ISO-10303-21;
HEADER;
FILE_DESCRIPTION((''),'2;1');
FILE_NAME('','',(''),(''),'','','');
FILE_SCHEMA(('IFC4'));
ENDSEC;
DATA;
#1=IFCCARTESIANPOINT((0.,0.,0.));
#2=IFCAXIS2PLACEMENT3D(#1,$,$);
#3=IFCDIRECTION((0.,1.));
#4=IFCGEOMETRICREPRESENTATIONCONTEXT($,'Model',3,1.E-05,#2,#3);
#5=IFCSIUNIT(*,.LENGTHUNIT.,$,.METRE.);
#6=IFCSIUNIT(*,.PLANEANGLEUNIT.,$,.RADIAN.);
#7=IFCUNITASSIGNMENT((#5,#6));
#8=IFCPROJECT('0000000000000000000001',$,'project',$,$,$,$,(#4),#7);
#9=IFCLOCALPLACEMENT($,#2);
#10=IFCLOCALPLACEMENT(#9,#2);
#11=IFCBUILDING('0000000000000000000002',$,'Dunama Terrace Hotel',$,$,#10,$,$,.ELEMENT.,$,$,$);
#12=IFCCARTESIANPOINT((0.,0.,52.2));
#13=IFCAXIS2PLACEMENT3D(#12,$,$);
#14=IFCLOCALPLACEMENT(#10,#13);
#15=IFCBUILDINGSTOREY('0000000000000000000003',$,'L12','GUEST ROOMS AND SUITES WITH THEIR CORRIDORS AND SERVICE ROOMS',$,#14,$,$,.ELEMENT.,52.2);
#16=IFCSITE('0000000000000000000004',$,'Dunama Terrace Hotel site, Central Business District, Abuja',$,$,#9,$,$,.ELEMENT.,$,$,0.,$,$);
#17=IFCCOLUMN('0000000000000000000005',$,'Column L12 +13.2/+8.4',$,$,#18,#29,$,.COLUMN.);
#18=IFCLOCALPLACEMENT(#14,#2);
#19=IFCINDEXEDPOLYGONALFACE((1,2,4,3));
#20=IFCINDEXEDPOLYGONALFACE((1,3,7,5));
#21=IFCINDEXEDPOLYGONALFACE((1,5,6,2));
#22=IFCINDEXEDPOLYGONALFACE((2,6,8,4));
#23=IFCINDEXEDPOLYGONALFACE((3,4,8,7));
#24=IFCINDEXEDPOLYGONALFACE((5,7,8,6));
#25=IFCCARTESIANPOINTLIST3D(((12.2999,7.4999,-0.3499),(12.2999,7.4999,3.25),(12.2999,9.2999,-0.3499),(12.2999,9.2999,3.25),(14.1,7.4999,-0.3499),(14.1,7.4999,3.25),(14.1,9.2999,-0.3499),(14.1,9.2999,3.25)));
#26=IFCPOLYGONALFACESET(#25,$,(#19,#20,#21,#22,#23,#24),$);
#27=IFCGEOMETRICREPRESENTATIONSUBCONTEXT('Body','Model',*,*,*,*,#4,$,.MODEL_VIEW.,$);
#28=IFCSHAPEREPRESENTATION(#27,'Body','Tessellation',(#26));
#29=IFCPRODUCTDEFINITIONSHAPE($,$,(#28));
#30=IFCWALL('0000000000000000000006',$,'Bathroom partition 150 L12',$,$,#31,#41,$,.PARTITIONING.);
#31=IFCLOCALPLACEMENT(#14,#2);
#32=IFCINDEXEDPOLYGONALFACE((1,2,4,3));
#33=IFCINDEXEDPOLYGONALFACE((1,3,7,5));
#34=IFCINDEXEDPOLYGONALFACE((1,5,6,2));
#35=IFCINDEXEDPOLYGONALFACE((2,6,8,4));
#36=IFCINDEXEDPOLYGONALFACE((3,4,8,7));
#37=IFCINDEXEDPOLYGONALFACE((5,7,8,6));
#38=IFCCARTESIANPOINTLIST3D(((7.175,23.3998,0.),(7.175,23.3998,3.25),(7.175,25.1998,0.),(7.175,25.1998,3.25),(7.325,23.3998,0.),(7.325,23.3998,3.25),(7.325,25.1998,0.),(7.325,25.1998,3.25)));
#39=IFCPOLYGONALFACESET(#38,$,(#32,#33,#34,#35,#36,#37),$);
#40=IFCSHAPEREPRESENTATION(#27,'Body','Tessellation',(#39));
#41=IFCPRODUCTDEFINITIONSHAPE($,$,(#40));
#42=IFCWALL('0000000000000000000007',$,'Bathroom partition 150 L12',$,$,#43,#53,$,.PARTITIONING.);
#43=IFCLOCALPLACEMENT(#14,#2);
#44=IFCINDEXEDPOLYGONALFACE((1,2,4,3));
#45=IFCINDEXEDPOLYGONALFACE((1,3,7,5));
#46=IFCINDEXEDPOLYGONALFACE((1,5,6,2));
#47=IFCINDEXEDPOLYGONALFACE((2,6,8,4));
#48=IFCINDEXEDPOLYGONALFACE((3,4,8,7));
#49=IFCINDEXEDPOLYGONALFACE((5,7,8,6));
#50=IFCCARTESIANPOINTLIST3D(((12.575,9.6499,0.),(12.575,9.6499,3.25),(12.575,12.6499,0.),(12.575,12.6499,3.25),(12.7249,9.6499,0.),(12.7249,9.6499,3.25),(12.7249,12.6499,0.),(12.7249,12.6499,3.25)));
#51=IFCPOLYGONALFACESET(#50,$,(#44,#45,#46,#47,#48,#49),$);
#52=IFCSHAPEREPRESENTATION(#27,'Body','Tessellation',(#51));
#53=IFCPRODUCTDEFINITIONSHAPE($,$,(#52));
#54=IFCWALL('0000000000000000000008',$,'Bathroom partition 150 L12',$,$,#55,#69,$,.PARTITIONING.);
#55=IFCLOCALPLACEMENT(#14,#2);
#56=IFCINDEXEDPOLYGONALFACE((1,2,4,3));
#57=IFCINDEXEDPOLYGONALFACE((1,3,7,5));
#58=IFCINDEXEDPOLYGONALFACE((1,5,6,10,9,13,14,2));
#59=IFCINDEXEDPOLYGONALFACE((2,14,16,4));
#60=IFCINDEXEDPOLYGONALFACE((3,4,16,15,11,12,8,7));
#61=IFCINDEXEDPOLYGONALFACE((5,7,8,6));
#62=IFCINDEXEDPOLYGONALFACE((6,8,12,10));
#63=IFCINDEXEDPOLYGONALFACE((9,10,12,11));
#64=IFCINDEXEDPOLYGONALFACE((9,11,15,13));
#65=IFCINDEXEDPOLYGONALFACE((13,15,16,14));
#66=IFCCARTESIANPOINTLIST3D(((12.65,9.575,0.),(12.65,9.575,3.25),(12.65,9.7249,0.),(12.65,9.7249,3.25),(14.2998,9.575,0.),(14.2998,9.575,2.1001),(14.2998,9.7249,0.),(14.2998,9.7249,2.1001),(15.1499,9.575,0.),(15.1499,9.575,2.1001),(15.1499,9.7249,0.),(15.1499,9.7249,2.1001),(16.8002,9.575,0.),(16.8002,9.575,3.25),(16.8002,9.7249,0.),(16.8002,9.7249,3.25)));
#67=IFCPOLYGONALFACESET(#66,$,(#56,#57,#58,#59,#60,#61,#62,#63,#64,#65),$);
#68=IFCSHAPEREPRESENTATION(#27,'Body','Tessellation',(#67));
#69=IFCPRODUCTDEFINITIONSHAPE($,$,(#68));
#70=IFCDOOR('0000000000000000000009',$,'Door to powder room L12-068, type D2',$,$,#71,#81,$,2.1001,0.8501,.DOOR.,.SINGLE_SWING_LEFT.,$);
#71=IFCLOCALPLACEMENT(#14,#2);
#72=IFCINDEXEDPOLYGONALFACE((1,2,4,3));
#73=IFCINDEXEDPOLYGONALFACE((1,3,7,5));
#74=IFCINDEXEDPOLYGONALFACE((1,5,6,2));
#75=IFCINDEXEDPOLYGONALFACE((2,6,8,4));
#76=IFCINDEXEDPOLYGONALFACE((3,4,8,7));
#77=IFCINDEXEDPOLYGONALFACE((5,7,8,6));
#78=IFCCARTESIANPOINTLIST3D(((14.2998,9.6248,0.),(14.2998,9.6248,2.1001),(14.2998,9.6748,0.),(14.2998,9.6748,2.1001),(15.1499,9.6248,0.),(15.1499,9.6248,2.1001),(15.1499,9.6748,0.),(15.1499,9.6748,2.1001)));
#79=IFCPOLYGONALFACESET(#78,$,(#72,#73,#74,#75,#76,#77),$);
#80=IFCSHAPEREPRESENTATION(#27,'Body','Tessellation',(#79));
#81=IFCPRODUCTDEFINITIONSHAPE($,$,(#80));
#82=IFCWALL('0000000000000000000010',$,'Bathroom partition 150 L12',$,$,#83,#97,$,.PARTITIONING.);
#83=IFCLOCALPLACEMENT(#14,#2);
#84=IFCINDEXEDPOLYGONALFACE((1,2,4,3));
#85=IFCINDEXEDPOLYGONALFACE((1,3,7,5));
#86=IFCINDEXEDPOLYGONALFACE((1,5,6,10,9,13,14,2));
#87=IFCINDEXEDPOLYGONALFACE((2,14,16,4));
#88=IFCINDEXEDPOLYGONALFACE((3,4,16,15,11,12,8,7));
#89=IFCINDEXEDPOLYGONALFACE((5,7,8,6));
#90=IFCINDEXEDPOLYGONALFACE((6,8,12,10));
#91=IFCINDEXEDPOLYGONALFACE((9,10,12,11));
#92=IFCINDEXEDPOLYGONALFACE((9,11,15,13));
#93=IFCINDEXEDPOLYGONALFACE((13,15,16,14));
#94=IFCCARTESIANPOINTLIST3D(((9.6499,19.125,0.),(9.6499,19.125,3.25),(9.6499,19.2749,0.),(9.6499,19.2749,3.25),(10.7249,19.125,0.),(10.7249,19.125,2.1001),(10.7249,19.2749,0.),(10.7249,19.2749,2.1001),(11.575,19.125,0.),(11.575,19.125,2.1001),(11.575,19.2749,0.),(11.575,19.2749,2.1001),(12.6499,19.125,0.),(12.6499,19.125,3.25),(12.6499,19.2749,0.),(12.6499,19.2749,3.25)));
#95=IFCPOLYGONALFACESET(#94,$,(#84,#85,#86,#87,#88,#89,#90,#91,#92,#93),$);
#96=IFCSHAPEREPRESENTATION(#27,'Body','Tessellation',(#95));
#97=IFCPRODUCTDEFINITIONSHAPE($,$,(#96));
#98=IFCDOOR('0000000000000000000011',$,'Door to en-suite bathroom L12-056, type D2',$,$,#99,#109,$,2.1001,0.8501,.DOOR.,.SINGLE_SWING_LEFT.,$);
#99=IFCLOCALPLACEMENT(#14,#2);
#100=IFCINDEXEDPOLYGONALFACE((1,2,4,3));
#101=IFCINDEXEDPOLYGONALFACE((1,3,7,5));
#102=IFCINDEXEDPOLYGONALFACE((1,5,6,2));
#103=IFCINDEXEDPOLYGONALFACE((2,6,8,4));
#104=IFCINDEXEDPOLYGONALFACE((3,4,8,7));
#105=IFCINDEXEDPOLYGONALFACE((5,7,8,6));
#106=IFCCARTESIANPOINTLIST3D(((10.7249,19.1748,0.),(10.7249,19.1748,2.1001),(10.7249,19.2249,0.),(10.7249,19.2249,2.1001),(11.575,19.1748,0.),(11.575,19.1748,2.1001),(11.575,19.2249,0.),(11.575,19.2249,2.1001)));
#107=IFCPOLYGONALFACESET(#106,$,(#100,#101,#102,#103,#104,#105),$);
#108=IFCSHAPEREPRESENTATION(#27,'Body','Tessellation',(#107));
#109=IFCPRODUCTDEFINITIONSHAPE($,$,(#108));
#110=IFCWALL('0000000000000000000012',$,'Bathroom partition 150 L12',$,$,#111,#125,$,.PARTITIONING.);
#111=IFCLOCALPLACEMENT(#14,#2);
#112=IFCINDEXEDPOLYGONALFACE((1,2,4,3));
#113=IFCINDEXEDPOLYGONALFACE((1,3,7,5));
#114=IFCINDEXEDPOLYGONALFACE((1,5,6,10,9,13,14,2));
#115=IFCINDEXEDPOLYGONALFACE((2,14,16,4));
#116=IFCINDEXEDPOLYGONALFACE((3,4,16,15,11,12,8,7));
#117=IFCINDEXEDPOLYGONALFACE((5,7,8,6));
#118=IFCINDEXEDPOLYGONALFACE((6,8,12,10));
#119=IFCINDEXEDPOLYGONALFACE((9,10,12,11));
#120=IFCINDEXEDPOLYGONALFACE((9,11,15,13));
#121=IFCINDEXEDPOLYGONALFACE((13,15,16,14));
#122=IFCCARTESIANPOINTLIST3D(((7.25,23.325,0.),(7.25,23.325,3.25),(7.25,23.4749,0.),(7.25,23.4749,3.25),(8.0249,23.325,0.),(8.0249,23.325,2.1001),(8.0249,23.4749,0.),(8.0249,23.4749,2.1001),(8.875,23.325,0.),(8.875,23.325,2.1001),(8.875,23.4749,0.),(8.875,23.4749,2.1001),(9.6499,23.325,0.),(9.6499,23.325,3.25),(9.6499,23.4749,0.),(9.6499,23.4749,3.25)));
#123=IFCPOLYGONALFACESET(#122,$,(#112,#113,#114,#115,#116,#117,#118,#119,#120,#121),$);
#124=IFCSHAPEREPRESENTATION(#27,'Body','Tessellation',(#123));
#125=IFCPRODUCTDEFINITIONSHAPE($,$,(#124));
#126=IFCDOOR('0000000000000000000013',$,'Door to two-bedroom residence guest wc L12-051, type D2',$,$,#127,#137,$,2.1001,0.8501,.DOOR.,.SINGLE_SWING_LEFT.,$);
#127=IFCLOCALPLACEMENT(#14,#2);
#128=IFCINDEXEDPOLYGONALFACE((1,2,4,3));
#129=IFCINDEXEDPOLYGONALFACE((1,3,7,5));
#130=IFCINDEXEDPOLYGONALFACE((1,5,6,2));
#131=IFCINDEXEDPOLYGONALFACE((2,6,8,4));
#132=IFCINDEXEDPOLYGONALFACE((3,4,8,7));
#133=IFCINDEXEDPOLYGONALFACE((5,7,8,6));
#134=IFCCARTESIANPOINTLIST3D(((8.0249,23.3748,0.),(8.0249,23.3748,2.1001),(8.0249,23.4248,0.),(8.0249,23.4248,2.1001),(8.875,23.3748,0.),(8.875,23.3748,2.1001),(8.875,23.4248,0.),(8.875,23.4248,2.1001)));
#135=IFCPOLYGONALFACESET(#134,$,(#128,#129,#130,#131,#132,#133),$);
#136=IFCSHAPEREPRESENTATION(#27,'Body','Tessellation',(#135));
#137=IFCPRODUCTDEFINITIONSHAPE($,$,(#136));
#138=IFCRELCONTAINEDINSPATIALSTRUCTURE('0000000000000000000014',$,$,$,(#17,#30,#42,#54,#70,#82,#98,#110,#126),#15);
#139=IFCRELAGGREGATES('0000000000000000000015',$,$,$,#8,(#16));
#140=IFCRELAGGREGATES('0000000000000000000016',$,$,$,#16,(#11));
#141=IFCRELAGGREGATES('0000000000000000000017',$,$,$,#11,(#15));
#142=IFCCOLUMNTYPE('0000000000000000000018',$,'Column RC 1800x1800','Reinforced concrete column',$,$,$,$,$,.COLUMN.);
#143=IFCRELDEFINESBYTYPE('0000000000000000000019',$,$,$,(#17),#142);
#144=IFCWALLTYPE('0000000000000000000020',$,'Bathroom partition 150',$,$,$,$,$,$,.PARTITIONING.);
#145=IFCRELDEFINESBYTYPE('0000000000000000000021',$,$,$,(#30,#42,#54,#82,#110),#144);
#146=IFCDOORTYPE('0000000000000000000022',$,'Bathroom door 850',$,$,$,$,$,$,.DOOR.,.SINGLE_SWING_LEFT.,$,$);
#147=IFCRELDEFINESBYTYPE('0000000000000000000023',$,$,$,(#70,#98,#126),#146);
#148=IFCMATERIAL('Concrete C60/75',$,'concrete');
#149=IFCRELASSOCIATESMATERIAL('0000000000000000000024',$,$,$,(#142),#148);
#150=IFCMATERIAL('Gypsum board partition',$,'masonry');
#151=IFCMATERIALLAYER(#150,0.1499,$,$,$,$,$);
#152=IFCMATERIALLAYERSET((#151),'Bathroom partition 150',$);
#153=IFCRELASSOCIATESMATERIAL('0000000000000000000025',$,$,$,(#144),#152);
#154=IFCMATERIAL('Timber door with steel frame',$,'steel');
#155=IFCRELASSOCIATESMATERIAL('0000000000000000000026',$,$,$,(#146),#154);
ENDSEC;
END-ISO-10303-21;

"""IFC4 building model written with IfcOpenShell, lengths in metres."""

from ifc_helpers import new_model, si_unit, direction, frame, frame_2d, origin, origin_2d, place, context, subcontext, project, spatial, rectangle, extrude, material, layer, layer_set, material_profile, profile_set, type_object, element, fill, save


model = new_model("IFC4")

# Units and contexts
model_context = context("Model", 3, precision=1e-05, world=origin(), true_north=direction((0.0, 1.0)))
body_context = subcontext(model_context, "Body", "Model", "MODEL_VIEW")
ifc_project = project(units=[si_unit("LENGTHUNIT", "METRE"), si_unit("PLANEANGLEUNIT", "RADIAN")], contexts=[model_context])

# Site, building, storey
site_placement = place(None, origin())
site = spatial("IfcSite", under=ifc_project, at=site_placement, Name="Dunama Terrace Hotel site, Central Business District, Abuja", CompositionType="ELEMENT", RefElevation=0.0)
building_placement = place(site_placement, origin())
building = spatial("IfcBuilding", under=site, at=building_placement, Name="Dunama Terrace Hotel", CompositionType="ELEMENT")
storey_placement = place(building_placement, frame((0.0, 0.0, 52.2)))
storey = spatial("IfcBuildingStorey", under=building, at=storey_placement, Name="L12", Description="GUEST ROOMS AND SUITES WITH THEIR CORRIDORS AND SERVICE ROOMS", CompositionType="ELEMENT", Elevation=52.2)

# Column
ifc_material_1 = material(Name="Concrete C60/75", Category="concrete")
ifc_material_profile = material_profile(ifc_material_1, rectangle(XDim=1.8, YDim=1.8, at=origin_2d()), Name="RC 1800x1800")
ifc_profile_set = profile_set([ifc_material_profile], Name="Concrete C60/75")
column_type = type_object("IfcColumnType", Name="Column RC 1800x1800", Description="Reinforced concrete column", PredefinedType="COLUMN", material=ifc_profile_set)
column_placement = place(storey_placement, frame((13.2, 8.3999, -0.3499), z_axis=(0.0, 0.0, 1.0), x_axis=(1.0, 0.0, 0.0)))
element("IfcColumn", 1, at=column_placement, inside=storey, type_object=column_type, Name="Column L12 +13.2/+8.4", PredefinedType="COLUMN", context=body_context, shape_type="SweptSolid", body=[
    extrude(rectangle(XDim=1.8, YDim=1.8, at=origin_2d()), origin(), (0.0, 0.0, 1.0), 3.5999),
])

# Walls
ifc_material_2 = material(Name="Gypsum board partition", Category="masonry")
ifc_layer_1 = layer(ifc_material_2, 0.1499)
ifc_layer_set_1 = layer_set([ifc_layer_1], Name="Bathroom partition 150")
wall_type_1 = type_object("IfcWallType", Name="Bathroom partition 150", PredefinedType="PARTITIONING", material=ifc_layer_set_1)
wall_1_placement = place(storey_placement, frame((7.25, 23.3999, 0.0), z_axis=(0.0, 0.0, 1.0), x_axis=(0.0, 1.0, 0.0)))
element("IfcWall", 2, at=wall_1_placement, inside=storey, type_object=wall_type_1, Name="Bathroom partition 150 L12", PredefinedType="PARTITIONING", context=body_context, shape_type="SweptSolid", body=[
    extrude(rectangle(XDim=1.8, YDim=0.1499, at=frame_2d((0.8999, 0.0))), origin(), (0.0, 0.0, 1.0), 3.25),
])
wall_2_placement = place(storey_placement, frame((12.6499, 9.6499, 0.0), z_axis=(0.0, 0.0, 1.0), x_axis=(0.0, 1.0, 0.0)))
element("IfcWall", 3, at=wall_2_placement, inside=storey, type_object=wall_type_1, Name="Bathroom partition 150 L12", PredefinedType="PARTITIONING", context=body_context, shape_type="SweptSolid", body=[
    extrude(rectangle(XDim=3.0, YDim=0.1499, at=frame_2d((1.5, 0.0))), origin(), (0.0, 0.0, 1.0), 3.25),
])

# Walls, openings, doors
wall_3_placement = place(storey_placement, frame((12.6499, 9.6499, 0.0), z_axis=(0.0, 0.0, 1.0), x_axis=(1.0, 0.0, 0.0)))
wall_3 = element("IfcWall", 4, at=wall_3_placement, inside=storey, type_object=wall_type_1, Name="Bathroom partition 150 L12", PredefinedType="PARTITIONING", context=body_context, shape_type="SweptSolid", body=[
    extrude(rectangle(XDim=4.1501, YDim=0.1499, at=frame_2d((2.0752, 0.0))), origin(), (0.0, 0.0, 1.0), 3.25),
])
opening_1_placement = place(wall_3_placement, frame((1.6499, 0.0, 0.0)))
opening_1 = element("IfcOpeningElement", 5, at=opening_1_placement, cuts=wall_3, PredefinedType="OPENING", context=body_context, shape_type="SweptSolid", body=[
    extrude(rectangle(XDim=0.8501, YDim=2.1001, at=frame_2d((0.425, 1.05))), frame((0.0, 0.085, 0.0), z_axis=(0.0, -1.0, 0.0), x_axis=(1.0, 0.0, 0.0)), (0.0, 0.0, 1.0), 0.1699),
])
ifc_material_3 = material(Name="Timber door with steel frame", Category="steel")
door_type_1 = type_object("IfcDoorType", Name="Bathroom door 850", OperationType="SINGLE_SWING_LEFT", PredefinedType="DOOR", material=ifc_material_3)
door_1_placement = place(opening_1_placement, origin())
door_1 = element("IfcDoor", 6, at=door_1_placement, inside=storey, type_object=door_type_1, Name="Door to powder room L12-068, type D2", OperationType="SINGLE_SWING_LEFT", OverallHeight=2.1001, OverallWidth=0.8501, PredefinedType="DOOR", context=body_context, shape_type="SweptSolid", body=[
    extrude(rectangle(XDim=0.8501, YDim=2.1001, at=frame_2d((0.425, 1.05))), frame((0.0, 0.0249, 0.0), z_axis=(0.0, -1.0, 0.0), x_axis=(1.0, 0.0, 0.0)), (0.0, 0.0, 1.0), 0.05),
])
fill(opening_1, door_1)
wall_4_placement = place(storey_placement, frame((9.6499, 19.2, 0.0), z_axis=(0.0, 0.0, 1.0), x_axis=(1.0, 0.0, 0.0)))
wall_4 = element("IfcWall", 7, at=wall_4_placement, inside=storey, type_object=wall_type_1, Name="Bathroom partition 150 L12", PredefinedType="PARTITIONING", context=body_context, shape_type="SweptSolid", body=[
    extrude(rectangle(XDim=3.0, YDim=0.1499, at=frame_2d((1.5, 0.0))), origin(), (0.0, 0.0, 1.0), 3.25),
])
opening_2_placement = place(wall_4_placement, frame((1.075, 0.0, 0.0)))
opening_2 = element("IfcOpeningElement", 8, at=opening_2_placement, cuts=wall_4, PredefinedType="OPENING", context=body_context, shape_type="SweptSolid", body=[
    extrude(rectangle(XDim=0.8501, YDim=2.1001, at=frame_2d((0.425, 1.05))), frame((0.0, 0.085, 0.0), z_axis=(0.0, -1.0, 0.0), x_axis=(1.0, 0.0, 0.0)), (0.0, 0.0, 1.0), 0.1699),
])
door_2_placement = place(opening_2_placement, frame((0.8501, 0.0, 0.0), z_axis=(0.0, 0.0, 1.0), x_axis=(-1.0, 0.0, 0.0)))
door_2 = element("IfcDoor", 9, at=door_2_placement, inside=storey, type_object=door_type_1, Name="Door to en-suite bathroom L12-056, type D2", OperationType="SINGLE_SWING_LEFT", OverallHeight=2.1001, OverallWidth=0.8501, PredefinedType="DOOR", context=body_context, shape_type="SweptSolid", body=[
    extrude(rectangle(XDim=0.8501, YDim=2.1001, at=frame_2d((0.425, 1.05))), frame((0.0, 0.0251, 0.0), z_axis=(0.0, -1.0, 0.0), x_axis=(1.0, 0.0, 0.0)), (0.0, 0.0, 1.0), 0.05),
])
fill(opening_2, door_2)
wall_5_placement = place(storey_placement, frame((7.25, 23.3999, 0.0), z_axis=(0.0, 0.0, 1.0), x_axis=(1.0, 0.0, 0.0)))
wall_5 = element("IfcWall", 10, at=wall_5_placement, inside=storey, type_object=wall_type_1, Name="Bathroom partition 150 L12", PredefinedType="PARTITIONING", context=body_context, shape_type="SweptSolid", body=[
    extrude(rectangle(XDim=2.3999, YDim=0.1499, at=frame_2d((1.2, 0.0))), origin(), (0.0, 0.0, 1.0), 3.25),
])
opening_3_placement = place(wall_5_placement, frame((0.7749, 0.0, 0.0)))
opening_3 = element("IfcOpeningElement", 11, at=opening_3_placement, cuts=wall_5, PredefinedType="OPENING", context=body_context, shape_type="SweptSolid", body=[
    extrude(rectangle(XDim=0.8501, YDim=2.1001, at=frame_2d((0.425, 1.05))), frame((0.0, 0.085, 0.0), z_axis=(0.0, -1.0, 0.0), x_axis=(1.0, 0.0, 0.0)), (0.0, 0.0, 1.0), 0.1699),
])
door_3_placement = place(opening_3_placement, origin())
door_3 = element("IfcDoor", 12, at=door_3_placement, inside=storey, type_object=door_type_1, Name="Door to two-bedroom residence guest wc L12-051, type D2", OperationType="SINGLE_SWING_LEFT", OverallHeight=2.1001, OverallWidth=0.8501, PredefinedType="DOOR", context=body_context, shape_type="SweptSolid", body=[
    extrude(rectangle(XDim=0.8501, YDim=2.1001, at=frame_2d((0.425, 1.05))), frame((0.0, 0.0249, 0.0), z_axis=(0.0, -1.0, 0.0), x_axis=(1.0, 0.0, 0.0)), (0.0, 0.0, 1.0), 0.05),
])
fill(opening_3, door_3)

save(model, "model.ifc")
